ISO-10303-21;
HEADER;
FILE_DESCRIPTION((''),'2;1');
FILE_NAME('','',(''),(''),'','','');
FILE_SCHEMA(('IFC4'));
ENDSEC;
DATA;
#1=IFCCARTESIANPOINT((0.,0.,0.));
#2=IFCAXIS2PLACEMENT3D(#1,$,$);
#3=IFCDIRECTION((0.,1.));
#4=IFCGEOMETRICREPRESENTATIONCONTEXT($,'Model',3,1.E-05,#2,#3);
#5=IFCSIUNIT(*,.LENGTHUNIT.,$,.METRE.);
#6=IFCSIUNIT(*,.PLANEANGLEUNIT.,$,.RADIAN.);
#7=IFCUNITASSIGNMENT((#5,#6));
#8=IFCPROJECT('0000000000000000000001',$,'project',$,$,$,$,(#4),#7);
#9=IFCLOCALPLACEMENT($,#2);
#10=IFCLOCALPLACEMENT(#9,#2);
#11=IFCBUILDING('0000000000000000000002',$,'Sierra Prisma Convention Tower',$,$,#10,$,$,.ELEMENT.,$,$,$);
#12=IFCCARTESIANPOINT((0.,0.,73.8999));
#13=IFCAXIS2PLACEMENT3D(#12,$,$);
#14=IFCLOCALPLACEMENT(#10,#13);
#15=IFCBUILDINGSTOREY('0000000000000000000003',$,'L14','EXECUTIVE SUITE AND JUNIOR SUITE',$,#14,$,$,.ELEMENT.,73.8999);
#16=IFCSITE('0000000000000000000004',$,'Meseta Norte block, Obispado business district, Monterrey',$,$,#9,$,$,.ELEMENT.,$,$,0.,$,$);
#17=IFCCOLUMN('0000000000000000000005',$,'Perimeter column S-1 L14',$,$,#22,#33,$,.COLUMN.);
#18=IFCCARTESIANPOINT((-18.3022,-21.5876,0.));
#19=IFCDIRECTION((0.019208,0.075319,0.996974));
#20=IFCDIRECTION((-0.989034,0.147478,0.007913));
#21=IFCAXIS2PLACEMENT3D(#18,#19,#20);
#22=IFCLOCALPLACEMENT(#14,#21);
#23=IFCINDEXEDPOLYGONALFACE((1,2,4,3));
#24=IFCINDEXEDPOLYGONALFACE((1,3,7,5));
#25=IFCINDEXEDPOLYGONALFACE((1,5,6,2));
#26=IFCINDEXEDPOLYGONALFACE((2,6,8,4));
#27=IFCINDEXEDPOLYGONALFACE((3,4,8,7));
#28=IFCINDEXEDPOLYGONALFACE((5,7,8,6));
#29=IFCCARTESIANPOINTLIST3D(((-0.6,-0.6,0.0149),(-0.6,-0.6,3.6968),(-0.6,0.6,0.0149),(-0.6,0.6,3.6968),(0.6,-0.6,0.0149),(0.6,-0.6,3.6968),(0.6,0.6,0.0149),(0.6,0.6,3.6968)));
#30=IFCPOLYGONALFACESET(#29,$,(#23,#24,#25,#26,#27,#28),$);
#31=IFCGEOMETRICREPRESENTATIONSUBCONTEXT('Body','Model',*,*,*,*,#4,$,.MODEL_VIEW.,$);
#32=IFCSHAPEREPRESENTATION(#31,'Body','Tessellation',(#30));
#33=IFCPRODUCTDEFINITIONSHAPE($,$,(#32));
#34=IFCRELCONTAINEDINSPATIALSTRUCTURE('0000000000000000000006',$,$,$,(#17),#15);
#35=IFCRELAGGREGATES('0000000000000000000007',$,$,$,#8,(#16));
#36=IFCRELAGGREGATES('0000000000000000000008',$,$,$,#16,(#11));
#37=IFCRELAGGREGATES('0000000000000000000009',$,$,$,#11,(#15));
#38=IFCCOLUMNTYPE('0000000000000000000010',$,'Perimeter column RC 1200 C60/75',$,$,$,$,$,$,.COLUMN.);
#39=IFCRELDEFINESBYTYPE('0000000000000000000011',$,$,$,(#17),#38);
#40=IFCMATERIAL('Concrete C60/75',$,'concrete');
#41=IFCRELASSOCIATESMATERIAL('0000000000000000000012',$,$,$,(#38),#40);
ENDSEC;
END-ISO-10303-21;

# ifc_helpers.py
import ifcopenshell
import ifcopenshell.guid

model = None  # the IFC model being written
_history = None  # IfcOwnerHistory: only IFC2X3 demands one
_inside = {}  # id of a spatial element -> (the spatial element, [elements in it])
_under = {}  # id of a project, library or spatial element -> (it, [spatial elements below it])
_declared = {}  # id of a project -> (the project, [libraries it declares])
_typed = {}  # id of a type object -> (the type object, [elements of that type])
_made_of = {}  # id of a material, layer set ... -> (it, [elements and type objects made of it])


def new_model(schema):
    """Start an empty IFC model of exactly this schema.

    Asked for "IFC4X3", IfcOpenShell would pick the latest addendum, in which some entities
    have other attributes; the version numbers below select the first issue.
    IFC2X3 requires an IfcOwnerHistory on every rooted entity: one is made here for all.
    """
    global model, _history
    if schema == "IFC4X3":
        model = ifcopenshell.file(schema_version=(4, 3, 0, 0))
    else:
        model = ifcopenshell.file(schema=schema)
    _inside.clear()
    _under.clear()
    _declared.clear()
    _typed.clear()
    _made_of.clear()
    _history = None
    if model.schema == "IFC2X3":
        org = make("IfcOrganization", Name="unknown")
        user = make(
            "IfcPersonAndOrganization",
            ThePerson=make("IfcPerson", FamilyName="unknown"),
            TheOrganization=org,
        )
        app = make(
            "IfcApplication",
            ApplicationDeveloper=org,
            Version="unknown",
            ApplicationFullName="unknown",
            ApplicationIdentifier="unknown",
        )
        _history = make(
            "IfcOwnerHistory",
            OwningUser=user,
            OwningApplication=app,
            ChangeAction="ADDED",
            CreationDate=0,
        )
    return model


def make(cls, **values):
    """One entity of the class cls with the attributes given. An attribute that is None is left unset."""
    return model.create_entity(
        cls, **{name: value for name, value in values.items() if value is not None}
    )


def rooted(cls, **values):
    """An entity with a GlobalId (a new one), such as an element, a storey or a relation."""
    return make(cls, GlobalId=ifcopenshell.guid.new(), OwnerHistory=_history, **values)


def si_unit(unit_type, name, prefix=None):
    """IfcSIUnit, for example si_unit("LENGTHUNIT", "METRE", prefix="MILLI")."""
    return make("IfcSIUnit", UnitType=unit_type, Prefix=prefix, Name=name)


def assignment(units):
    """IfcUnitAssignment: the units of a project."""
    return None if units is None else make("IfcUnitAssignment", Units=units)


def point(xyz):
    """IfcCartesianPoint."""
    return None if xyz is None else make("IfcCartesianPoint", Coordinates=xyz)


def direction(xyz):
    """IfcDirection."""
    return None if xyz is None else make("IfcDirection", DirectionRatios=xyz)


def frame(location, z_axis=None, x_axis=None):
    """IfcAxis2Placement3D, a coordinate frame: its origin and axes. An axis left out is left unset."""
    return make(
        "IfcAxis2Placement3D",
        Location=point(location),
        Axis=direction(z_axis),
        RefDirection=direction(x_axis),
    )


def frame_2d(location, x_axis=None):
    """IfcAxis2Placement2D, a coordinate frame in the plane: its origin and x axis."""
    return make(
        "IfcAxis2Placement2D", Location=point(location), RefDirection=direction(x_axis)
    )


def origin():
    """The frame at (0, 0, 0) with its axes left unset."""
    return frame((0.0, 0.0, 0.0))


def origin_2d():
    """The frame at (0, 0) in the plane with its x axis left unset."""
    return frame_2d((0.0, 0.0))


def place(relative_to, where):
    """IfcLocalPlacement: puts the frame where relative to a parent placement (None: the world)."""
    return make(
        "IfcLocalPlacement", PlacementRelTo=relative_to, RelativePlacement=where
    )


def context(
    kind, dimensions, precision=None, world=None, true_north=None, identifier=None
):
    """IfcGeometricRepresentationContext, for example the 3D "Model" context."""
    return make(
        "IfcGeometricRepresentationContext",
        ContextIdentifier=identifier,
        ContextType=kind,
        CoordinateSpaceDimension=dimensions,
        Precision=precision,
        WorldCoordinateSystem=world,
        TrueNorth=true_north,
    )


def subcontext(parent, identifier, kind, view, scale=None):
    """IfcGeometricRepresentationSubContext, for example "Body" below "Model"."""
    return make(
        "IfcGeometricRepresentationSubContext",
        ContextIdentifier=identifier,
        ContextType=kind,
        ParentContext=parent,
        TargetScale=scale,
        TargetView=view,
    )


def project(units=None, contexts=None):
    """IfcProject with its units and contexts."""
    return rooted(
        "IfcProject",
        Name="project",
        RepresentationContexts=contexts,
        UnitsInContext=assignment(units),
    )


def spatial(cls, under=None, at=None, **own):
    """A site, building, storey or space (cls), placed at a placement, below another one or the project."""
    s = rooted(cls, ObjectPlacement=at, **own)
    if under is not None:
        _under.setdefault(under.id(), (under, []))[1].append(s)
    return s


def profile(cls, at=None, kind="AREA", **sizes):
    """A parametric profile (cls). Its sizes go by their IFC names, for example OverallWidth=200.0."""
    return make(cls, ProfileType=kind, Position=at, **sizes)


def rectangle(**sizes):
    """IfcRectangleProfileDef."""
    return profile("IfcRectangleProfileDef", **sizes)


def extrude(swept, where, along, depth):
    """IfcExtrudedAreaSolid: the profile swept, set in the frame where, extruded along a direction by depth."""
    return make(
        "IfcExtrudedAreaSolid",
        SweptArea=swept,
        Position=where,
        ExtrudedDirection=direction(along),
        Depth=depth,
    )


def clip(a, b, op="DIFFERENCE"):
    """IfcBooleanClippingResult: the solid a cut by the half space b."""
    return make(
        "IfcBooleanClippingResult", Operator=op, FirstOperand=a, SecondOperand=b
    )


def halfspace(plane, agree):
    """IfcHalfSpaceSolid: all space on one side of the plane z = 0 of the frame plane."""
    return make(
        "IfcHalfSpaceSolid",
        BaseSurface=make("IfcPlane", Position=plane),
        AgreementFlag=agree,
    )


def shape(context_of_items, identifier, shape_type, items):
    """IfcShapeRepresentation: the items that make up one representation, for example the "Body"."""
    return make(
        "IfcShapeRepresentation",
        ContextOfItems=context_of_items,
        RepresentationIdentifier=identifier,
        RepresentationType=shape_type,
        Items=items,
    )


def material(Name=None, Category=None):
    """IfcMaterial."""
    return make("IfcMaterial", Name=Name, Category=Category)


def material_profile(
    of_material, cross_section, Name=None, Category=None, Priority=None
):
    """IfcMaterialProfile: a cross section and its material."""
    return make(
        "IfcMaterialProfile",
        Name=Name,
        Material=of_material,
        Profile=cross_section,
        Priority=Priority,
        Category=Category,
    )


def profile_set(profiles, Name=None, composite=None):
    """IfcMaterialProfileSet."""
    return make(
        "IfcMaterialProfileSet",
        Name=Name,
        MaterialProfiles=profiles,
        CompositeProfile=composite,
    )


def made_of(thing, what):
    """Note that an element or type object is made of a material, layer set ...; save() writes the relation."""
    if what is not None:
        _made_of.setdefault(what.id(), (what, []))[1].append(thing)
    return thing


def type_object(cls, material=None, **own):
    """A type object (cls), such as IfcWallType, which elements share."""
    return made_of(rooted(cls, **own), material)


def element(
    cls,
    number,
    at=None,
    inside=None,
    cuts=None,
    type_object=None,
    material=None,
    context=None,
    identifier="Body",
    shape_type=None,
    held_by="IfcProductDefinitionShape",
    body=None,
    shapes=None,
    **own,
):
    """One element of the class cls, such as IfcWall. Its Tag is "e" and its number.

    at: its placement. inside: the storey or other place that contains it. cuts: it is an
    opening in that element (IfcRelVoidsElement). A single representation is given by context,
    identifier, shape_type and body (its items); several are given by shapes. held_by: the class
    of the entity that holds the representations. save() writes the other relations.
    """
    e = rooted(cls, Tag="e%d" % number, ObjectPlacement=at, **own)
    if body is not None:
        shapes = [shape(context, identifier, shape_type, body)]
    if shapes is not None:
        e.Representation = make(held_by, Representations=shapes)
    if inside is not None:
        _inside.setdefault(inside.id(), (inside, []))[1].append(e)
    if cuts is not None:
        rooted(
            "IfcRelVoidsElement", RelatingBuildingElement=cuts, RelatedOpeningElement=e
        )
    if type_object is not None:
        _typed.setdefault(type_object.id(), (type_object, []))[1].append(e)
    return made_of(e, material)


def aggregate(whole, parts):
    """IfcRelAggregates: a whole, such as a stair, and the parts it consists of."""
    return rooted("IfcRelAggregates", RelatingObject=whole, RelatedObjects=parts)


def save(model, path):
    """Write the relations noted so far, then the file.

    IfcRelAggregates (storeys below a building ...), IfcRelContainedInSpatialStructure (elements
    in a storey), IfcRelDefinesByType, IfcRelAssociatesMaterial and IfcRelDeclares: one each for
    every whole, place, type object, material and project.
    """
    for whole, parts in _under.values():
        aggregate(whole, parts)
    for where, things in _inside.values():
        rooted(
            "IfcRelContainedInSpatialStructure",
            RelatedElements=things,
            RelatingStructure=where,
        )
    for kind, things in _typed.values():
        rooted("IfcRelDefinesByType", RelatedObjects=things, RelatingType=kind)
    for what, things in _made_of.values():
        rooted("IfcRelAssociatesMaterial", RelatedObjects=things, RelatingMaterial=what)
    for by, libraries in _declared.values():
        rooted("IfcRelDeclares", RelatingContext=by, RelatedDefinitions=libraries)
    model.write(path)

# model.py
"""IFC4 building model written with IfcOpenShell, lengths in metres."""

from ifc_helpers import new_model, si_unit, direction, frame, origin, origin_2d, place, context, subcontext, project, spatial, rectangle, extrude, clip, halfspace, material, material_profile, profile_set, type_object, element, save


model = new_model("IFC4")

# Units and contexts
model_context = context("Model", 3, precision=1e-05, world=origin(), true_north=direction((0.0, 1.0)))
body_context = subcontext(model_context, "Body", "Model", "MODEL_VIEW")
ifc_project = project(units=[si_unit("LENGTHUNIT", "METRE"), si_unit("PLANEANGLEUNIT", "RADIAN")], contexts=[model_context])

# Site, building, storey
site_placement = place(None, origin())
site = spatial("IfcSite", under=ifc_project, at=site_placement, Name="Meseta Norte block, Obispado business district, Monterrey", CompositionType="ELEMENT", RefElevation=0.0)
building_placement = place(site_placement, origin())
building = spatial("IfcBuilding", under=site, at=building_placement, Name="Sierra Prisma Convention Tower", CompositionType="ELEMENT")
storey_placement = place(building_placement, frame((0.0, 0.0, 73.8999)))
storey = spatial("IfcBuildingStorey", under=building, at=storey_placement, Name="L14", Description="EXECUTIVE SUITE AND JUNIOR SUITE", CompositionType="ELEMENT", Elevation=73.8999)

# Column
ifc_material_1 = material(Name="Concrete C60/75", Category="concrete")
ifc_material_profile_1 = material_profile(ifc_material_1, rectangle(XDim=1.2, YDim=1.2, at=origin_2d()), Name="Perimeter column RC 1200 C60/75")
ifc_profile_set_1 = profile_set([ifc_material_profile_1], Name="Concrete C60/75")
column_type_1 = type_object("IfcColumnType", Name="Perimeter column RC 1200 C60/75", PredefinedType="COLUMN", material=ifc_profile_set_1)
column_1_placement = place(storey_placement, frame((-18.3022, -21.5876, 0.0), z_axis=(0.019208, 0.075319, 0.996974), x_axis=(-0.989034, 0.147478, 0.007913)))
element("IfcColumn", 1, at=column_1_placement, inside=storey, type_object=column_type_1, Name="Perimeter column S-1 L14", PredefinedType="COLUMN", context=body_context, shape_type="SweptSolid", body=[
    clip(clip(extrude(rectangle(XDim=1.2, YDim=1.2, at=origin_2d()), origin(), (0.0, 0.0, 1.0), 3.7114), halfspace(frame((0.0, 0.0, 0.0149)), True)), halfspace(frame((0.0, 0.0, 3.6968)), False)),
])

save(model, "model.ifc")
